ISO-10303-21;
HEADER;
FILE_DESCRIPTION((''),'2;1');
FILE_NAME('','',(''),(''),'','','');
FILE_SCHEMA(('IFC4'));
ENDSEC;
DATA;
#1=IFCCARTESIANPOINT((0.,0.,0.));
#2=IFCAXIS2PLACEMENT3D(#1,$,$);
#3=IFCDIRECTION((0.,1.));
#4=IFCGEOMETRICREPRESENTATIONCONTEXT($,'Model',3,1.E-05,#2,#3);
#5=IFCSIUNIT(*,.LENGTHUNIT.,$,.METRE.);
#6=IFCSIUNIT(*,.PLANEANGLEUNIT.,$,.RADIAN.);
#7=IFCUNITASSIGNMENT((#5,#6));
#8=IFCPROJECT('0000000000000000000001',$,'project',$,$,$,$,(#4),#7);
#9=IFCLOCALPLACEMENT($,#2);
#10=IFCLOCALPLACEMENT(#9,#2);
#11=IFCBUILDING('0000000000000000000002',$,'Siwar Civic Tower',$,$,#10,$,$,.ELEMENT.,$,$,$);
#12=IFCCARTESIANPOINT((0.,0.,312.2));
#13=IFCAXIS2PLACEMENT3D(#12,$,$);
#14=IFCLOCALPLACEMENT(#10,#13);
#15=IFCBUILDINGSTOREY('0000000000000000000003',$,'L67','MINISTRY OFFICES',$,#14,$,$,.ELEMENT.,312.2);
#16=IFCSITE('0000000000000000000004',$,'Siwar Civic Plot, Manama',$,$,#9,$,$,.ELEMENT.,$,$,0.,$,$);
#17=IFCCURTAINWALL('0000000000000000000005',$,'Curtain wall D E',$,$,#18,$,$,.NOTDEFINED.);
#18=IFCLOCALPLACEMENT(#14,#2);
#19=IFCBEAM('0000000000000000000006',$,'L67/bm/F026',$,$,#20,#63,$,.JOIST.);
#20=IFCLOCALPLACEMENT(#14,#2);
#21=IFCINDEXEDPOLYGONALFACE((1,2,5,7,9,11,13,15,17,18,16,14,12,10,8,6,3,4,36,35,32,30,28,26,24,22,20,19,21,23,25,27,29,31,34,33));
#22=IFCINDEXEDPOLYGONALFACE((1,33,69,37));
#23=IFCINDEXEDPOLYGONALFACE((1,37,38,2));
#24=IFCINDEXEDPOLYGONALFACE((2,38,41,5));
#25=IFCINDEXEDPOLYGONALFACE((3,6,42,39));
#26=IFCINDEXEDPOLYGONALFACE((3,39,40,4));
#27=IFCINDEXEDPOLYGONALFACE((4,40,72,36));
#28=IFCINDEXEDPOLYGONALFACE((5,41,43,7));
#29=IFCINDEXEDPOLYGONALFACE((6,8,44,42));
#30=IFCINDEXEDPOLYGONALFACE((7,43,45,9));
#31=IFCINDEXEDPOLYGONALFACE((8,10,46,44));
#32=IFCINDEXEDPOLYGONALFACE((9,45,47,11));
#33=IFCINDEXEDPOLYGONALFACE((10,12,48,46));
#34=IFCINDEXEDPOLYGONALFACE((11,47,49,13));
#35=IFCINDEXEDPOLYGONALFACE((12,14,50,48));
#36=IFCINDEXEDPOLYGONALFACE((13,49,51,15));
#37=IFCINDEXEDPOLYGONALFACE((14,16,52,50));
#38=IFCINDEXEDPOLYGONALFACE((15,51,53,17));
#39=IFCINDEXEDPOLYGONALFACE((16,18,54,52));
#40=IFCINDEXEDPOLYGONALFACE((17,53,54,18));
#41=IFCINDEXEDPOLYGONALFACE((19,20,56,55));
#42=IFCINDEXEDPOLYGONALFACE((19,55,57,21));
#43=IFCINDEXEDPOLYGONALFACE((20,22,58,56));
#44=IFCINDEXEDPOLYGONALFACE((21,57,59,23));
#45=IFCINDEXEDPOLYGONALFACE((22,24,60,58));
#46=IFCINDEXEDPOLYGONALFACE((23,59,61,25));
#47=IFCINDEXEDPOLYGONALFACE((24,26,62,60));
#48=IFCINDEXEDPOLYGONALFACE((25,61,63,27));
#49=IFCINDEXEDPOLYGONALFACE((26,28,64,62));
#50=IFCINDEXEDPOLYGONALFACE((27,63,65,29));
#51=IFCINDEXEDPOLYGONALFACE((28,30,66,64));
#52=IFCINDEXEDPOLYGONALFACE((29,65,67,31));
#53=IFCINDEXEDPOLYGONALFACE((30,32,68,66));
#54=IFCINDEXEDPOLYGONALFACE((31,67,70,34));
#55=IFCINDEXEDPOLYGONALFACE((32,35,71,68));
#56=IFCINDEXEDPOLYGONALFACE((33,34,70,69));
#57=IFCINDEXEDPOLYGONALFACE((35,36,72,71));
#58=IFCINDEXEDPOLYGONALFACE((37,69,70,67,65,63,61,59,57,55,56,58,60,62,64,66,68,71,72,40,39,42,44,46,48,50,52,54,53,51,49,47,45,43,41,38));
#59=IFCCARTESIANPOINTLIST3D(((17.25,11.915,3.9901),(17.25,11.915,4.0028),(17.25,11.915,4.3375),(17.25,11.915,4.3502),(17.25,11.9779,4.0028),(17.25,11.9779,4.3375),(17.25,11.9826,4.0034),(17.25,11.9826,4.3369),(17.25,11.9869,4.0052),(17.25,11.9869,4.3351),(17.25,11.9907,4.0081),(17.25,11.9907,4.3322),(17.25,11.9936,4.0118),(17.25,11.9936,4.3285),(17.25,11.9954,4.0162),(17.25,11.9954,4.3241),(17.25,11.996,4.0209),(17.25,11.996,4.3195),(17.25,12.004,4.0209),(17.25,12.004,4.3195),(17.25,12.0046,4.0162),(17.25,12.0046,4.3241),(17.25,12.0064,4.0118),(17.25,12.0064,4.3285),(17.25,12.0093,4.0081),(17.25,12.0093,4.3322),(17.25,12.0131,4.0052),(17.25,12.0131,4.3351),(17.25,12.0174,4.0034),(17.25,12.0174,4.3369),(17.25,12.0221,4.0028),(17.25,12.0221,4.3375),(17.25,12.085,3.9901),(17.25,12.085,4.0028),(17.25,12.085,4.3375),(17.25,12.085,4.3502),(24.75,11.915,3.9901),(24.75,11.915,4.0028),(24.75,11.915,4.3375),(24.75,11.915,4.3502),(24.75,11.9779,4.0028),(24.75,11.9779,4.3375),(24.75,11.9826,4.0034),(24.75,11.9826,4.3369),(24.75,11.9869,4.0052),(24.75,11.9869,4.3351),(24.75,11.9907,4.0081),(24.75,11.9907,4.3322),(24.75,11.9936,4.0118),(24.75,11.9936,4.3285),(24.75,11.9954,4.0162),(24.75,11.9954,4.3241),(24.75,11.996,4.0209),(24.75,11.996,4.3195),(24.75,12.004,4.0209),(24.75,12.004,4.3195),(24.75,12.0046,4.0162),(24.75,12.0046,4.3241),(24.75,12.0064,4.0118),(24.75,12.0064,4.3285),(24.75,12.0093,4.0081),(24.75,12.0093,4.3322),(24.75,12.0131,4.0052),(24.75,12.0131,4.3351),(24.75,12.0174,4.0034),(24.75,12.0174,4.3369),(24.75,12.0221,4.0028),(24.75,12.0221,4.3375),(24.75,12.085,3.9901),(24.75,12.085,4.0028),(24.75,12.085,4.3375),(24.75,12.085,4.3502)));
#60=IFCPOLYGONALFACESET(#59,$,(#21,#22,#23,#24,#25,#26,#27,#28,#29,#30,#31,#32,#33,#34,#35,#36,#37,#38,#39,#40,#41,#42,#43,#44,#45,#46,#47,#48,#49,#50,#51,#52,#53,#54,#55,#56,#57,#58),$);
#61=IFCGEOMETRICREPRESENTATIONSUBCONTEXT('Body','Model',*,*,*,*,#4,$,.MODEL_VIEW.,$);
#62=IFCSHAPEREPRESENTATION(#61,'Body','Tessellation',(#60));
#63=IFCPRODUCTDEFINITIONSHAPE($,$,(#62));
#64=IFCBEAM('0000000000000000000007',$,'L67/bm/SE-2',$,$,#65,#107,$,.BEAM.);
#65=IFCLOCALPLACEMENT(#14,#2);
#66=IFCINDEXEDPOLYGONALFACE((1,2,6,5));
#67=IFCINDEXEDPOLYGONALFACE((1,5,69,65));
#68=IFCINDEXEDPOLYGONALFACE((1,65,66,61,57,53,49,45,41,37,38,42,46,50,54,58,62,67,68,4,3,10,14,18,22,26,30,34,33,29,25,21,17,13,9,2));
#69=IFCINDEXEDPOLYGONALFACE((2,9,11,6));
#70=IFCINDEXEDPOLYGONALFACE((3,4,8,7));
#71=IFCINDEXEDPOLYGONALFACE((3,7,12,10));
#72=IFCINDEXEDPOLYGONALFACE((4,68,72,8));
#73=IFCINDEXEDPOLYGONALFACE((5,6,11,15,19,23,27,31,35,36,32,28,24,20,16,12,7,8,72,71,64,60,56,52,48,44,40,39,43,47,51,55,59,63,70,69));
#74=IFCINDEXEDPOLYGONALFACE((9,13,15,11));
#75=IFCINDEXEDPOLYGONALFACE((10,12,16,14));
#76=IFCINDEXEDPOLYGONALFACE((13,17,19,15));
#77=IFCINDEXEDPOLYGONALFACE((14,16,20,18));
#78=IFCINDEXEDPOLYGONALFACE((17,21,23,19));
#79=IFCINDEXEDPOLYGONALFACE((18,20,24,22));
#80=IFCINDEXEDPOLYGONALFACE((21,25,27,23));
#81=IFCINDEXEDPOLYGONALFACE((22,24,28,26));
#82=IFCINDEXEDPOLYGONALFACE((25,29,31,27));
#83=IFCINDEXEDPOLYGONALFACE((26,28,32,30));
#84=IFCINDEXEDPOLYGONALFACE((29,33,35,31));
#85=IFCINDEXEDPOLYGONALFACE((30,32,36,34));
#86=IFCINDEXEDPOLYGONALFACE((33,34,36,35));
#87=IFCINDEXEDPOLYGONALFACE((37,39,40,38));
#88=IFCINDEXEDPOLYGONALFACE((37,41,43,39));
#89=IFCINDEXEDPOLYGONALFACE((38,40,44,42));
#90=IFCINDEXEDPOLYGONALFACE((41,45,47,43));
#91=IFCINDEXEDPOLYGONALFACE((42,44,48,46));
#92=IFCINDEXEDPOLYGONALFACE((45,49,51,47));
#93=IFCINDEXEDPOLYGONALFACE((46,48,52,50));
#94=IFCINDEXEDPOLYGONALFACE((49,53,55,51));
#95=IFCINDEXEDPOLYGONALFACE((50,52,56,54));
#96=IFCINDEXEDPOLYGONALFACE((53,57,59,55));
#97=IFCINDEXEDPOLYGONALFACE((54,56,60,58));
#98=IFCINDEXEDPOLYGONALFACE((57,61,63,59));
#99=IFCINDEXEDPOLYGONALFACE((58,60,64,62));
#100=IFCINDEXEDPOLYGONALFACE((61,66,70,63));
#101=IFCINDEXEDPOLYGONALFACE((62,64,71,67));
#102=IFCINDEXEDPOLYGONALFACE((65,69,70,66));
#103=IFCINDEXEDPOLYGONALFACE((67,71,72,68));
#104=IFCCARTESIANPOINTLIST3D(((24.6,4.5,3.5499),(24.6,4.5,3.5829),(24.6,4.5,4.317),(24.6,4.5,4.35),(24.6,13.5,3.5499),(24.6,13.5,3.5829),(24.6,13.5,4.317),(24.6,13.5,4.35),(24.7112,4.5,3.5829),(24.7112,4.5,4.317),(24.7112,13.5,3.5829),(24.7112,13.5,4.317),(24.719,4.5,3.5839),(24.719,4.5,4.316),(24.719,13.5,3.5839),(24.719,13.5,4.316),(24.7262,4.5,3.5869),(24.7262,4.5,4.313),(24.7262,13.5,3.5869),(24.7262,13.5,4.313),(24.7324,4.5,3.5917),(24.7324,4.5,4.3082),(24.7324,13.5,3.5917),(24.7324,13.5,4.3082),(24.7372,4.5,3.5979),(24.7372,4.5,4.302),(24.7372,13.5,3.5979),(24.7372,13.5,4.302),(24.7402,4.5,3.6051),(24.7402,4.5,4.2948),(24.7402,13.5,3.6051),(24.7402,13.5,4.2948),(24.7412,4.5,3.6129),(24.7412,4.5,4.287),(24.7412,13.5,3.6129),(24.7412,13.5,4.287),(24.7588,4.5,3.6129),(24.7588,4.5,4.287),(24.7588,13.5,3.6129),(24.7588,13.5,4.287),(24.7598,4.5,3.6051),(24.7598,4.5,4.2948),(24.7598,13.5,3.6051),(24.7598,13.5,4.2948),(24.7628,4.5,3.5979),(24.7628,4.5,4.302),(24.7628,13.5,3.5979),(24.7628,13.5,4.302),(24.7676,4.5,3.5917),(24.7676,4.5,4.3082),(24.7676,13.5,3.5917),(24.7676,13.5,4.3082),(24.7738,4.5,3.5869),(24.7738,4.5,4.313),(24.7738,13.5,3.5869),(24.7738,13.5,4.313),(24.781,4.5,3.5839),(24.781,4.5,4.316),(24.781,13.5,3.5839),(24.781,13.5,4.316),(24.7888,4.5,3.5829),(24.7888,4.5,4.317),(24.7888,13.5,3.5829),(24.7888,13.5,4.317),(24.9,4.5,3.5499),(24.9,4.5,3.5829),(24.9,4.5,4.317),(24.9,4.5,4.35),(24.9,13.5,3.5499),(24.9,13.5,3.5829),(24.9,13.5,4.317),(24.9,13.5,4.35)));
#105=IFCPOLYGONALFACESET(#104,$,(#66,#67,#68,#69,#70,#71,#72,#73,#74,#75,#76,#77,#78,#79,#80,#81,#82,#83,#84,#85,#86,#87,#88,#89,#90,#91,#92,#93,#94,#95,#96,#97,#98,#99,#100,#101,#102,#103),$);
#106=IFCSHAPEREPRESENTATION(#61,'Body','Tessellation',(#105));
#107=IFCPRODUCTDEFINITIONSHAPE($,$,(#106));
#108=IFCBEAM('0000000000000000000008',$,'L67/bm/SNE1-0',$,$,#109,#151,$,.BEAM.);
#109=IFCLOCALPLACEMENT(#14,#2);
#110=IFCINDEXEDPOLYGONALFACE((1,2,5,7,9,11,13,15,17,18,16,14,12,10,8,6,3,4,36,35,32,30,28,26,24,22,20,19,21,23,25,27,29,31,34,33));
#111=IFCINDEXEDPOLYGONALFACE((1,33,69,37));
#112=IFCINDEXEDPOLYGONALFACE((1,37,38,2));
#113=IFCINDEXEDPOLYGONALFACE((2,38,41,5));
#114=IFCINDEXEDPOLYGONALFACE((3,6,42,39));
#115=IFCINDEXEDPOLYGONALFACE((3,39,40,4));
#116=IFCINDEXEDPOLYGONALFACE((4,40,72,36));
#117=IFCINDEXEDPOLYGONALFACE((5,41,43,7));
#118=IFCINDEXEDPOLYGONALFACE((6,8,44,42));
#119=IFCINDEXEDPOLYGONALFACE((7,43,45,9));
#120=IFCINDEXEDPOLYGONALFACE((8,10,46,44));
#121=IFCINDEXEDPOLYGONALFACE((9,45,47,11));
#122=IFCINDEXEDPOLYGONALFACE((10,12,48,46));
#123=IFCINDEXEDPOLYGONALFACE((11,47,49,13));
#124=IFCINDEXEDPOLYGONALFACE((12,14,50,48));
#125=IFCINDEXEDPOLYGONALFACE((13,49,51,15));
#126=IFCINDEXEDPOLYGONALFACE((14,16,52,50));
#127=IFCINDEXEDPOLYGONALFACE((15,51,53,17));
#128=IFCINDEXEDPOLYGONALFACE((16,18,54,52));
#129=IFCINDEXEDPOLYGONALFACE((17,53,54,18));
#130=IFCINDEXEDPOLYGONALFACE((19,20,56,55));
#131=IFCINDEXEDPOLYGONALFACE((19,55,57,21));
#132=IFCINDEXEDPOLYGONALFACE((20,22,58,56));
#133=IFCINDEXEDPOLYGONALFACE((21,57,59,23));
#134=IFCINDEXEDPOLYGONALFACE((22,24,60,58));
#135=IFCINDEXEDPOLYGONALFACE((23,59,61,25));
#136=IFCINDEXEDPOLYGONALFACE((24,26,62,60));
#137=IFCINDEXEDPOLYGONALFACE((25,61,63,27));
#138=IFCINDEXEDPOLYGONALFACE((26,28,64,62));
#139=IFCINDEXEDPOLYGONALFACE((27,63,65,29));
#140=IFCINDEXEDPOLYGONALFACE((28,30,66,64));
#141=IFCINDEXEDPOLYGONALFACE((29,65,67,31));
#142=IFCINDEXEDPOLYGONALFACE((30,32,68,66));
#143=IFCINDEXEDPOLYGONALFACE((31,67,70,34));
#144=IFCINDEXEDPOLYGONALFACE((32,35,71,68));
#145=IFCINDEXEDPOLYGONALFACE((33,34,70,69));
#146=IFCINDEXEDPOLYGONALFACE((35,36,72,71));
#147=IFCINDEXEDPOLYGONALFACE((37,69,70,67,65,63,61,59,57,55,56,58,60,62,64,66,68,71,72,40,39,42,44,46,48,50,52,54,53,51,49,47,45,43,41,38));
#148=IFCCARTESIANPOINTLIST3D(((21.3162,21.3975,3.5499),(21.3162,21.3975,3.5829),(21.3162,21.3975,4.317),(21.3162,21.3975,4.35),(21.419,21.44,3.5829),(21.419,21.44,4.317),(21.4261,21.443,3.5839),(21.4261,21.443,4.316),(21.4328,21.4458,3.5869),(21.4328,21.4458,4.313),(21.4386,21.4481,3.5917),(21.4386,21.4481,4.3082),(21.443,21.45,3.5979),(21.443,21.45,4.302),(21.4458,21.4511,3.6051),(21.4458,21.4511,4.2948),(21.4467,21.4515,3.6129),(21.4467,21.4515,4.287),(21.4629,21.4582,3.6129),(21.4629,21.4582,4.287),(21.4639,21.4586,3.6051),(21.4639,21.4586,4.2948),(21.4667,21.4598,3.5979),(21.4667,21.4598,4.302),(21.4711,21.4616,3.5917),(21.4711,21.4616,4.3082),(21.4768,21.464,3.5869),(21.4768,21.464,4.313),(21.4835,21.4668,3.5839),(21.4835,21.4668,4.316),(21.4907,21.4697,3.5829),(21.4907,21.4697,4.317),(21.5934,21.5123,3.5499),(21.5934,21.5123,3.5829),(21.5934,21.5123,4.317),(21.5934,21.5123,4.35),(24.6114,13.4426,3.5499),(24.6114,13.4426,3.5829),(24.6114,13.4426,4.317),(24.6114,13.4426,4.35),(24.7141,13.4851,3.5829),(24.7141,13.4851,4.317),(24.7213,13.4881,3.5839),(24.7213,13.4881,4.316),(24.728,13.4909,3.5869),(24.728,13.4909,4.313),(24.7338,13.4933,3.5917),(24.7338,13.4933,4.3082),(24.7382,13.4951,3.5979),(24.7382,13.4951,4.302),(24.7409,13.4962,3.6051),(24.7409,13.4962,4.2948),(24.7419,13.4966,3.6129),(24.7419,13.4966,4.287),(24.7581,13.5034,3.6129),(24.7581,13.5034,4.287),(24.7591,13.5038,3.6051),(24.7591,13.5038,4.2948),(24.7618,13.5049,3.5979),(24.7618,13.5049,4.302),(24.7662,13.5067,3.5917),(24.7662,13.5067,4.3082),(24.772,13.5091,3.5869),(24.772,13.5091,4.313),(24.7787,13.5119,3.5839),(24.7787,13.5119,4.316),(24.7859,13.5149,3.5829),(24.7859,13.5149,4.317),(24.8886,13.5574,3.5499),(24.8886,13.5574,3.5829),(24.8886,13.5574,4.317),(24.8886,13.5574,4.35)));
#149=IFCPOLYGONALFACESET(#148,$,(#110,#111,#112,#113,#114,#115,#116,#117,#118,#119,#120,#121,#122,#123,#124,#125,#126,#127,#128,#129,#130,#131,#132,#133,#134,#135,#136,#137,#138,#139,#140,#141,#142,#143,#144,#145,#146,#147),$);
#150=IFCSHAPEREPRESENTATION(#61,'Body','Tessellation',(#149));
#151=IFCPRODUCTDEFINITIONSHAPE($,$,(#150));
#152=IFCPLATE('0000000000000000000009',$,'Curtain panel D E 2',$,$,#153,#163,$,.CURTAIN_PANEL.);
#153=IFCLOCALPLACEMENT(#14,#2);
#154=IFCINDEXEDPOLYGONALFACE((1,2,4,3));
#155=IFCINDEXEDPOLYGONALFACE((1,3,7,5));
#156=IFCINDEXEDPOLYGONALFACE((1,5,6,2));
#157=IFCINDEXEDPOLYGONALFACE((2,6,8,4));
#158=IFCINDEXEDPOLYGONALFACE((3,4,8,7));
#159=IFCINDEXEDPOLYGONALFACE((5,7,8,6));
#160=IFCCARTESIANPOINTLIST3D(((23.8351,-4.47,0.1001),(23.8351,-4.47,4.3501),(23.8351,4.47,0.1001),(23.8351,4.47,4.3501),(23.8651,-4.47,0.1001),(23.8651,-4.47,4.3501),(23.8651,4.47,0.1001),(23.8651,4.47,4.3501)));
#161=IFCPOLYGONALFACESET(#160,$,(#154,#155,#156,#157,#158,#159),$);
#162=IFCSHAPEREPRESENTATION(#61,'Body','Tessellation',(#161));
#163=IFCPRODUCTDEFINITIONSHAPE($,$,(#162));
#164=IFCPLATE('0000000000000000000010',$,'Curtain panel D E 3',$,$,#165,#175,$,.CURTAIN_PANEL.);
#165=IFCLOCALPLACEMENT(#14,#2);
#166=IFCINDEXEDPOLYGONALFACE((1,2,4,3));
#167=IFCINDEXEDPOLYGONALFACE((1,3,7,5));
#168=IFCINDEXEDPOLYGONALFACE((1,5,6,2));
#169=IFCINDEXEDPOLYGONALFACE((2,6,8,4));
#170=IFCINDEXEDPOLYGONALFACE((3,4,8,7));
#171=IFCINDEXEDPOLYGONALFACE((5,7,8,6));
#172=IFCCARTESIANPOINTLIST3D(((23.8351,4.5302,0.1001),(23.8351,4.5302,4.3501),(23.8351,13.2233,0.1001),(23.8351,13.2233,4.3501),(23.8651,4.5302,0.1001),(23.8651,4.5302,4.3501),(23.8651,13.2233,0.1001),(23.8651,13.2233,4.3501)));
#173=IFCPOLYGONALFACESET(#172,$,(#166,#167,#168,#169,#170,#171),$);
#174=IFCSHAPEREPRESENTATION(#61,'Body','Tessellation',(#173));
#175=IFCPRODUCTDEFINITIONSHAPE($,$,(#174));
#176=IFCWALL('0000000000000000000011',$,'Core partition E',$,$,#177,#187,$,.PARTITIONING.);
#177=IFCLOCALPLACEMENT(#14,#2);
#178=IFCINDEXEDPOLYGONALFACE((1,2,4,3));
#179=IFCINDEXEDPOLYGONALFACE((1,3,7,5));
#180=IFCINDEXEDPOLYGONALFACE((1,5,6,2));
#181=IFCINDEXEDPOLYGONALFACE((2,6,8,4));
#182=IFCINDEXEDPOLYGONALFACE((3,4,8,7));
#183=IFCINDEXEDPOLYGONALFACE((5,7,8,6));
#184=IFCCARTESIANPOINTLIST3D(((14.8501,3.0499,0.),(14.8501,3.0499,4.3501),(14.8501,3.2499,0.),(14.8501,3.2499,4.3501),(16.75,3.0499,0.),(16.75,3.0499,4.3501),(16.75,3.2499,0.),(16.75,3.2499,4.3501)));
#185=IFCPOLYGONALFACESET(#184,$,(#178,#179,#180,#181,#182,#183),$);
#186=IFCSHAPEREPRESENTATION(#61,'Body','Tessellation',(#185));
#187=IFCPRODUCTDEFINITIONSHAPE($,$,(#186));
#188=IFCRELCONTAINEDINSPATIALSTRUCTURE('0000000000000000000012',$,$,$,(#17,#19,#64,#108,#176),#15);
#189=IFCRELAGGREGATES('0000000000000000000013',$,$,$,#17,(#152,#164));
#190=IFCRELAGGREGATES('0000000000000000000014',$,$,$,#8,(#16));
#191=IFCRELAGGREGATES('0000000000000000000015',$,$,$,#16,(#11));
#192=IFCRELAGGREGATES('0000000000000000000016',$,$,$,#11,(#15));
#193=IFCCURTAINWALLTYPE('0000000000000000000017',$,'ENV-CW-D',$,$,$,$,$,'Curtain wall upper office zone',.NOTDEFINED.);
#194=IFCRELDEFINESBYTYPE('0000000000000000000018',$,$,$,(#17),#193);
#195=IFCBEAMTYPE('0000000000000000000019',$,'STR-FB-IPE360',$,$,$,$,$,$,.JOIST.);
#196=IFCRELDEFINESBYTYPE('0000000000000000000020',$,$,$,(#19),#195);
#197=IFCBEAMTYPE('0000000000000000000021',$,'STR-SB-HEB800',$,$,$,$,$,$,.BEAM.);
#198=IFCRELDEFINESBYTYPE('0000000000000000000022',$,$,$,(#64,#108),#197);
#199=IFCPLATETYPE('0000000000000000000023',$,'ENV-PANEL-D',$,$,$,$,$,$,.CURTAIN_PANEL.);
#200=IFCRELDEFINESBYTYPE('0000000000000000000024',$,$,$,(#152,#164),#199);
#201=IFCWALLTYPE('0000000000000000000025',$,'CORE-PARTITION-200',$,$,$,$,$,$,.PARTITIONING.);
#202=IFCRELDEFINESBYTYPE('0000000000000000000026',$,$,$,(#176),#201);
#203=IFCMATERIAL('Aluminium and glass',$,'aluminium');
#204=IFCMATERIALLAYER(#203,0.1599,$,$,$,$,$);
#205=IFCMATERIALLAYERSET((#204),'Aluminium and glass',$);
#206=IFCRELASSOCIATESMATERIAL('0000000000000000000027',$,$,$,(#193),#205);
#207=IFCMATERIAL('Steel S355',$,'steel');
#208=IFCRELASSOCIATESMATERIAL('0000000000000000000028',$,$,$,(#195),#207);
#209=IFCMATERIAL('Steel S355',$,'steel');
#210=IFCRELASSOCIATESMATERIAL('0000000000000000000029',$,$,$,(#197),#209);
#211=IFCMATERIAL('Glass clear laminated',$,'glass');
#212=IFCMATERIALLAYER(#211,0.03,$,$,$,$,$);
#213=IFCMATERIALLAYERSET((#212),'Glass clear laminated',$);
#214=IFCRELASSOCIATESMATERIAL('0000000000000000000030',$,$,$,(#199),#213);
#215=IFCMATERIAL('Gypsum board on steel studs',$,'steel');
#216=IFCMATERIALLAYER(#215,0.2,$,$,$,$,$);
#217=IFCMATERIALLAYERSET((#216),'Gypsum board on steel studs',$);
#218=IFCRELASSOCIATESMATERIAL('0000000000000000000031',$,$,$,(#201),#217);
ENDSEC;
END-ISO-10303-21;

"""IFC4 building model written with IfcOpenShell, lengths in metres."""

from ifc_helpers import new_model, si_unit, direction, frame, frame_2d, origin, origin_2d, place, context, subcontext, project, spatial, rectangle, i_section, extrude, material, layer, layer_set, material_profile, profile_set, type_object, element, aggregate, save


model = new_model("IFC4")

# Units and contexts
model_context = context("Model", 3, precision=1e-05, world=origin(), true_north=direction((0.0, 1.0)))
body_context = subcontext(model_context, "Body", "Model", "MODEL_VIEW")
ifc_project = project(units=[si_unit("LENGTHUNIT", "METRE"), si_unit("PLANEANGLEUNIT", "RADIAN")], contexts=[model_context])

# Site, building, storey
site_placement = place(None, origin())
site = spatial("IfcSite", under=ifc_project, at=site_placement, Name="Siwar Civic Plot, Manama", CompositionType="ELEMENT", RefElevation=0.0)
building_placement = place(site_placement, origin())
building = spatial("IfcBuilding", under=site, at=building_placement, Name="Siwar Civic Tower", CompositionType="ELEMENT")
storey_placement = place(building_placement, frame((0.0, 0.0, 312.2)))
storey = spatial("IfcBuildingStorey", under=building, at=storey_placement, Name="L67", Description="MINISTRY OFFICES", CompositionType="ELEMENT", Elevation=312.2)

# Curtain wall
ifc_material_1 = material(Name="Aluminium and glass", Category="aluminium")
ifc_layer_1 = layer(ifc_material_1, 0.1599)
ifc_layer_set_1 = layer_set([ifc_layer_1], Name="Aluminium and glass")
curtain_wall_type_1 = type_object("IfcCurtainWallType", Name="ENV-CW-D", ElementType="Curtain wall upper office zone", PredefinedType="NOTDEFINED", material=ifc_layer_set_1)
curtain_wall_1_placement = place(storey_placement, origin())
curtain_wall_1 = element("IfcCurtainWall", 1, at=curtain_wall_1_placement, inside=storey, type_object=curtain_wall_type_1, Name="Curtain wall D E", PredefinedType="NOTDEFINED")

# Beams
ifc_material_2 = material(Name="Steel S355", Category="steel")
ifc_material_profile_1 = material_profile(ifc_material_2, i_section(OverallWidth=0.1699, OverallDepth=0.3601, WebThickness=0.0081, FlangeThickness=0.0127, FilletRadius=0.0181, at=origin_2d()), Name="IPE360")
ifc_profile_set_1 = profile_set([ifc_material_profile_1], Name="Steel S355")
beam_type_1 = type_object("IfcBeamType", Name="STR-FB-IPE360", PredefinedType="JOIST", material=ifc_profile_set_1)
for number, where, z_axis, x_axis, name in (
    (2, (17.25, 12.0, 4.1702), (1.0, 0.0, 0.0), (0.0, 1.0, 0.0), "L67/bm/F026"),
):
    element("IfcBeam", number, at=place(storey_placement, frame(where, z_axis=z_axis, x_axis=x_axis)), inside=storey, type_object=beam_type_1, Name=name, PredefinedType="JOIST", context=body_context, shape_type="SweptSolid", body=[
        extrude(i_section(OverallWidth=0.1699, OverallDepth=0.3601, WebThickness=0.0081, FlangeThickness=0.0127, FilletRadius=0.0181, at=origin_2d()), origin(), (0.0, 0.0, 1.0), 7.5),
    ])
ifc_material_3 = material(Name="Steel S355", Category="steel")
ifc_material_profile_2 = material_profile(ifc_material_3, i_section(OverallWidth=0.3, OverallDepth=0.8, WebThickness=0.0176, FlangeThickness=0.033, FilletRadius=0.03, at=origin_2d()), Name="HEB800")
ifc_profile_set_2 = profile_set([ifc_material_profile_2], Name="Steel S355")
beam_type_2 = type_object("IfcBeamType", Name="STR-SB-HEB800", PredefinedType="BEAM", material=ifc_profile_set_2)
beam_1_placement = place(storey_placement, frame((24.75, 4.5, 3.95), z_axis=(0.0, 1.0, 0.0), x_axis=(-1.0, 0.0, 0.0)))
element("IfcBeam", 3, at=beam_1_placement, inside=storey, type_object=beam_type_2, Name="L67/bm/SE-2", PredefinedType="BEAM", context=body_context, shape_type="SweptSolid", body=[
    extrude(i_section(OverallWidth=0.3, OverallDepth=0.8, WebThickness=0.0176, FlangeThickness=0.033, FilletRadius=0.03, at=origin_2d()), origin(), (0.0, 0.0, 1.0), 9.0),
])
beam_2_placement = place(storey_placement, frame((24.75, 13.5, 3.95), z_axis=(-0.3827, 0.923873, 0.0), x_axis=(-0.923873, -0.3827, 0.0)))
element("IfcBeam", 4, at=beam_2_placement, inside=storey, type_object=beam_type_2, Name="L67/bm/SNE1-0", PredefinedType="BEAM", context=body_context, shape_type="SweptSolid", body=[
    extrude(i_section(OverallWidth=0.3, OverallDepth=0.8, WebThickness=0.0176, FlangeThickness=0.033, FilletRadius=0.03, at=origin_2d()), origin(), (0.0, 0.0, 1.0), 8.6104),
])

# Plates
ifc_material_4 = material(Name="Glass clear laminated", Category="glass")
ifc_layer_2 = layer(ifc_material_4, 0.03)
ifc_layer_set_2 = layer_set([ifc_layer_2], Name="Glass clear laminated")
plate_type = type_object("IfcPlateType", Name="ENV-PANEL-D", PredefinedType="CURTAIN_PANEL", material=ifc_layer_set_2)
plate_1_placement = place(storey_placement, frame((23.8501, 0.0, 0.1001), z_axis=(0.0, 0.0, 1.0), x_axis=(0.0, 1.0, 0.0)))
plate_1 = element("IfcPlate", 5, at=plate_1_placement, type_object=plate_type, Name="Curtain panel D E 2", PredefinedType="CURTAIN_PANEL", context=body_context, shape_type="SweptSolid", body=[
    extrude(rectangle(XDim=8.9399, YDim=0.03, at=origin_2d()), origin(), (0.0, 0.0, 1.0), 4.25),
])
plate_2_placement = place(storey_placement, frame((23.8501, 8.8767, 0.1001), z_axis=(0.0, 0.0, 1.0), x_axis=(0.0, 1.0, 0.0)))
plate_2 = element("IfcPlate", 6, at=plate_2_placement, type_object=plate_type, Name="Curtain panel D E 3", PredefinedType="CURTAIN_PANEL", context=body_context, shape_type="SweptSolid", body=[
    extrude(rectangle(XDim=8.6931, YDim=0.03, at=origin_2d()), origin(), (0.0, 0.0, 1.0), 4.25),
])
aggregate(curtain_wall_1, [plate_1, plate_2])

# Wall
ifc_material_5 = material(Name="Gypsum board on steel studs", Category="steel")
ifc_layer_3 = layer(ifc_material_5, 0.2)
ifc_layer_set_3 = layer_set([ifc_layer_3], Name="Gypsum board on steel studs")
wall_type_1 = type_object("IfcWallType", Name="CORE-PARTITION-200", PredefinedType="PARTITIONING", material=ifc_layer_set_3)
for number, where, z_axis, x_axis, name in (
    (7, (14.8501, 3.1499, 0.0), (0.0, 0.0, 1.0), (1.0, 0.0, 0.0), "Core partition E"),
):
    element("IfcWall", number, at=place(storey_placement, frame(where, z_axis=z_axis, x_axis=x_axis)), inside=storey, type_object=wall_type_1, Name=name, PredefinedType="PARTITIONING", context=body_context, shape_type="SweptSolid", body=[
        extrude(rectangle(XDim=1.8999, YDim=0.2, at=frame_2d((0.95, 0.0))), origin(), (0.0, 0.0, 1.0), 4.3501),
    ])

save(model, "model.ifc")
